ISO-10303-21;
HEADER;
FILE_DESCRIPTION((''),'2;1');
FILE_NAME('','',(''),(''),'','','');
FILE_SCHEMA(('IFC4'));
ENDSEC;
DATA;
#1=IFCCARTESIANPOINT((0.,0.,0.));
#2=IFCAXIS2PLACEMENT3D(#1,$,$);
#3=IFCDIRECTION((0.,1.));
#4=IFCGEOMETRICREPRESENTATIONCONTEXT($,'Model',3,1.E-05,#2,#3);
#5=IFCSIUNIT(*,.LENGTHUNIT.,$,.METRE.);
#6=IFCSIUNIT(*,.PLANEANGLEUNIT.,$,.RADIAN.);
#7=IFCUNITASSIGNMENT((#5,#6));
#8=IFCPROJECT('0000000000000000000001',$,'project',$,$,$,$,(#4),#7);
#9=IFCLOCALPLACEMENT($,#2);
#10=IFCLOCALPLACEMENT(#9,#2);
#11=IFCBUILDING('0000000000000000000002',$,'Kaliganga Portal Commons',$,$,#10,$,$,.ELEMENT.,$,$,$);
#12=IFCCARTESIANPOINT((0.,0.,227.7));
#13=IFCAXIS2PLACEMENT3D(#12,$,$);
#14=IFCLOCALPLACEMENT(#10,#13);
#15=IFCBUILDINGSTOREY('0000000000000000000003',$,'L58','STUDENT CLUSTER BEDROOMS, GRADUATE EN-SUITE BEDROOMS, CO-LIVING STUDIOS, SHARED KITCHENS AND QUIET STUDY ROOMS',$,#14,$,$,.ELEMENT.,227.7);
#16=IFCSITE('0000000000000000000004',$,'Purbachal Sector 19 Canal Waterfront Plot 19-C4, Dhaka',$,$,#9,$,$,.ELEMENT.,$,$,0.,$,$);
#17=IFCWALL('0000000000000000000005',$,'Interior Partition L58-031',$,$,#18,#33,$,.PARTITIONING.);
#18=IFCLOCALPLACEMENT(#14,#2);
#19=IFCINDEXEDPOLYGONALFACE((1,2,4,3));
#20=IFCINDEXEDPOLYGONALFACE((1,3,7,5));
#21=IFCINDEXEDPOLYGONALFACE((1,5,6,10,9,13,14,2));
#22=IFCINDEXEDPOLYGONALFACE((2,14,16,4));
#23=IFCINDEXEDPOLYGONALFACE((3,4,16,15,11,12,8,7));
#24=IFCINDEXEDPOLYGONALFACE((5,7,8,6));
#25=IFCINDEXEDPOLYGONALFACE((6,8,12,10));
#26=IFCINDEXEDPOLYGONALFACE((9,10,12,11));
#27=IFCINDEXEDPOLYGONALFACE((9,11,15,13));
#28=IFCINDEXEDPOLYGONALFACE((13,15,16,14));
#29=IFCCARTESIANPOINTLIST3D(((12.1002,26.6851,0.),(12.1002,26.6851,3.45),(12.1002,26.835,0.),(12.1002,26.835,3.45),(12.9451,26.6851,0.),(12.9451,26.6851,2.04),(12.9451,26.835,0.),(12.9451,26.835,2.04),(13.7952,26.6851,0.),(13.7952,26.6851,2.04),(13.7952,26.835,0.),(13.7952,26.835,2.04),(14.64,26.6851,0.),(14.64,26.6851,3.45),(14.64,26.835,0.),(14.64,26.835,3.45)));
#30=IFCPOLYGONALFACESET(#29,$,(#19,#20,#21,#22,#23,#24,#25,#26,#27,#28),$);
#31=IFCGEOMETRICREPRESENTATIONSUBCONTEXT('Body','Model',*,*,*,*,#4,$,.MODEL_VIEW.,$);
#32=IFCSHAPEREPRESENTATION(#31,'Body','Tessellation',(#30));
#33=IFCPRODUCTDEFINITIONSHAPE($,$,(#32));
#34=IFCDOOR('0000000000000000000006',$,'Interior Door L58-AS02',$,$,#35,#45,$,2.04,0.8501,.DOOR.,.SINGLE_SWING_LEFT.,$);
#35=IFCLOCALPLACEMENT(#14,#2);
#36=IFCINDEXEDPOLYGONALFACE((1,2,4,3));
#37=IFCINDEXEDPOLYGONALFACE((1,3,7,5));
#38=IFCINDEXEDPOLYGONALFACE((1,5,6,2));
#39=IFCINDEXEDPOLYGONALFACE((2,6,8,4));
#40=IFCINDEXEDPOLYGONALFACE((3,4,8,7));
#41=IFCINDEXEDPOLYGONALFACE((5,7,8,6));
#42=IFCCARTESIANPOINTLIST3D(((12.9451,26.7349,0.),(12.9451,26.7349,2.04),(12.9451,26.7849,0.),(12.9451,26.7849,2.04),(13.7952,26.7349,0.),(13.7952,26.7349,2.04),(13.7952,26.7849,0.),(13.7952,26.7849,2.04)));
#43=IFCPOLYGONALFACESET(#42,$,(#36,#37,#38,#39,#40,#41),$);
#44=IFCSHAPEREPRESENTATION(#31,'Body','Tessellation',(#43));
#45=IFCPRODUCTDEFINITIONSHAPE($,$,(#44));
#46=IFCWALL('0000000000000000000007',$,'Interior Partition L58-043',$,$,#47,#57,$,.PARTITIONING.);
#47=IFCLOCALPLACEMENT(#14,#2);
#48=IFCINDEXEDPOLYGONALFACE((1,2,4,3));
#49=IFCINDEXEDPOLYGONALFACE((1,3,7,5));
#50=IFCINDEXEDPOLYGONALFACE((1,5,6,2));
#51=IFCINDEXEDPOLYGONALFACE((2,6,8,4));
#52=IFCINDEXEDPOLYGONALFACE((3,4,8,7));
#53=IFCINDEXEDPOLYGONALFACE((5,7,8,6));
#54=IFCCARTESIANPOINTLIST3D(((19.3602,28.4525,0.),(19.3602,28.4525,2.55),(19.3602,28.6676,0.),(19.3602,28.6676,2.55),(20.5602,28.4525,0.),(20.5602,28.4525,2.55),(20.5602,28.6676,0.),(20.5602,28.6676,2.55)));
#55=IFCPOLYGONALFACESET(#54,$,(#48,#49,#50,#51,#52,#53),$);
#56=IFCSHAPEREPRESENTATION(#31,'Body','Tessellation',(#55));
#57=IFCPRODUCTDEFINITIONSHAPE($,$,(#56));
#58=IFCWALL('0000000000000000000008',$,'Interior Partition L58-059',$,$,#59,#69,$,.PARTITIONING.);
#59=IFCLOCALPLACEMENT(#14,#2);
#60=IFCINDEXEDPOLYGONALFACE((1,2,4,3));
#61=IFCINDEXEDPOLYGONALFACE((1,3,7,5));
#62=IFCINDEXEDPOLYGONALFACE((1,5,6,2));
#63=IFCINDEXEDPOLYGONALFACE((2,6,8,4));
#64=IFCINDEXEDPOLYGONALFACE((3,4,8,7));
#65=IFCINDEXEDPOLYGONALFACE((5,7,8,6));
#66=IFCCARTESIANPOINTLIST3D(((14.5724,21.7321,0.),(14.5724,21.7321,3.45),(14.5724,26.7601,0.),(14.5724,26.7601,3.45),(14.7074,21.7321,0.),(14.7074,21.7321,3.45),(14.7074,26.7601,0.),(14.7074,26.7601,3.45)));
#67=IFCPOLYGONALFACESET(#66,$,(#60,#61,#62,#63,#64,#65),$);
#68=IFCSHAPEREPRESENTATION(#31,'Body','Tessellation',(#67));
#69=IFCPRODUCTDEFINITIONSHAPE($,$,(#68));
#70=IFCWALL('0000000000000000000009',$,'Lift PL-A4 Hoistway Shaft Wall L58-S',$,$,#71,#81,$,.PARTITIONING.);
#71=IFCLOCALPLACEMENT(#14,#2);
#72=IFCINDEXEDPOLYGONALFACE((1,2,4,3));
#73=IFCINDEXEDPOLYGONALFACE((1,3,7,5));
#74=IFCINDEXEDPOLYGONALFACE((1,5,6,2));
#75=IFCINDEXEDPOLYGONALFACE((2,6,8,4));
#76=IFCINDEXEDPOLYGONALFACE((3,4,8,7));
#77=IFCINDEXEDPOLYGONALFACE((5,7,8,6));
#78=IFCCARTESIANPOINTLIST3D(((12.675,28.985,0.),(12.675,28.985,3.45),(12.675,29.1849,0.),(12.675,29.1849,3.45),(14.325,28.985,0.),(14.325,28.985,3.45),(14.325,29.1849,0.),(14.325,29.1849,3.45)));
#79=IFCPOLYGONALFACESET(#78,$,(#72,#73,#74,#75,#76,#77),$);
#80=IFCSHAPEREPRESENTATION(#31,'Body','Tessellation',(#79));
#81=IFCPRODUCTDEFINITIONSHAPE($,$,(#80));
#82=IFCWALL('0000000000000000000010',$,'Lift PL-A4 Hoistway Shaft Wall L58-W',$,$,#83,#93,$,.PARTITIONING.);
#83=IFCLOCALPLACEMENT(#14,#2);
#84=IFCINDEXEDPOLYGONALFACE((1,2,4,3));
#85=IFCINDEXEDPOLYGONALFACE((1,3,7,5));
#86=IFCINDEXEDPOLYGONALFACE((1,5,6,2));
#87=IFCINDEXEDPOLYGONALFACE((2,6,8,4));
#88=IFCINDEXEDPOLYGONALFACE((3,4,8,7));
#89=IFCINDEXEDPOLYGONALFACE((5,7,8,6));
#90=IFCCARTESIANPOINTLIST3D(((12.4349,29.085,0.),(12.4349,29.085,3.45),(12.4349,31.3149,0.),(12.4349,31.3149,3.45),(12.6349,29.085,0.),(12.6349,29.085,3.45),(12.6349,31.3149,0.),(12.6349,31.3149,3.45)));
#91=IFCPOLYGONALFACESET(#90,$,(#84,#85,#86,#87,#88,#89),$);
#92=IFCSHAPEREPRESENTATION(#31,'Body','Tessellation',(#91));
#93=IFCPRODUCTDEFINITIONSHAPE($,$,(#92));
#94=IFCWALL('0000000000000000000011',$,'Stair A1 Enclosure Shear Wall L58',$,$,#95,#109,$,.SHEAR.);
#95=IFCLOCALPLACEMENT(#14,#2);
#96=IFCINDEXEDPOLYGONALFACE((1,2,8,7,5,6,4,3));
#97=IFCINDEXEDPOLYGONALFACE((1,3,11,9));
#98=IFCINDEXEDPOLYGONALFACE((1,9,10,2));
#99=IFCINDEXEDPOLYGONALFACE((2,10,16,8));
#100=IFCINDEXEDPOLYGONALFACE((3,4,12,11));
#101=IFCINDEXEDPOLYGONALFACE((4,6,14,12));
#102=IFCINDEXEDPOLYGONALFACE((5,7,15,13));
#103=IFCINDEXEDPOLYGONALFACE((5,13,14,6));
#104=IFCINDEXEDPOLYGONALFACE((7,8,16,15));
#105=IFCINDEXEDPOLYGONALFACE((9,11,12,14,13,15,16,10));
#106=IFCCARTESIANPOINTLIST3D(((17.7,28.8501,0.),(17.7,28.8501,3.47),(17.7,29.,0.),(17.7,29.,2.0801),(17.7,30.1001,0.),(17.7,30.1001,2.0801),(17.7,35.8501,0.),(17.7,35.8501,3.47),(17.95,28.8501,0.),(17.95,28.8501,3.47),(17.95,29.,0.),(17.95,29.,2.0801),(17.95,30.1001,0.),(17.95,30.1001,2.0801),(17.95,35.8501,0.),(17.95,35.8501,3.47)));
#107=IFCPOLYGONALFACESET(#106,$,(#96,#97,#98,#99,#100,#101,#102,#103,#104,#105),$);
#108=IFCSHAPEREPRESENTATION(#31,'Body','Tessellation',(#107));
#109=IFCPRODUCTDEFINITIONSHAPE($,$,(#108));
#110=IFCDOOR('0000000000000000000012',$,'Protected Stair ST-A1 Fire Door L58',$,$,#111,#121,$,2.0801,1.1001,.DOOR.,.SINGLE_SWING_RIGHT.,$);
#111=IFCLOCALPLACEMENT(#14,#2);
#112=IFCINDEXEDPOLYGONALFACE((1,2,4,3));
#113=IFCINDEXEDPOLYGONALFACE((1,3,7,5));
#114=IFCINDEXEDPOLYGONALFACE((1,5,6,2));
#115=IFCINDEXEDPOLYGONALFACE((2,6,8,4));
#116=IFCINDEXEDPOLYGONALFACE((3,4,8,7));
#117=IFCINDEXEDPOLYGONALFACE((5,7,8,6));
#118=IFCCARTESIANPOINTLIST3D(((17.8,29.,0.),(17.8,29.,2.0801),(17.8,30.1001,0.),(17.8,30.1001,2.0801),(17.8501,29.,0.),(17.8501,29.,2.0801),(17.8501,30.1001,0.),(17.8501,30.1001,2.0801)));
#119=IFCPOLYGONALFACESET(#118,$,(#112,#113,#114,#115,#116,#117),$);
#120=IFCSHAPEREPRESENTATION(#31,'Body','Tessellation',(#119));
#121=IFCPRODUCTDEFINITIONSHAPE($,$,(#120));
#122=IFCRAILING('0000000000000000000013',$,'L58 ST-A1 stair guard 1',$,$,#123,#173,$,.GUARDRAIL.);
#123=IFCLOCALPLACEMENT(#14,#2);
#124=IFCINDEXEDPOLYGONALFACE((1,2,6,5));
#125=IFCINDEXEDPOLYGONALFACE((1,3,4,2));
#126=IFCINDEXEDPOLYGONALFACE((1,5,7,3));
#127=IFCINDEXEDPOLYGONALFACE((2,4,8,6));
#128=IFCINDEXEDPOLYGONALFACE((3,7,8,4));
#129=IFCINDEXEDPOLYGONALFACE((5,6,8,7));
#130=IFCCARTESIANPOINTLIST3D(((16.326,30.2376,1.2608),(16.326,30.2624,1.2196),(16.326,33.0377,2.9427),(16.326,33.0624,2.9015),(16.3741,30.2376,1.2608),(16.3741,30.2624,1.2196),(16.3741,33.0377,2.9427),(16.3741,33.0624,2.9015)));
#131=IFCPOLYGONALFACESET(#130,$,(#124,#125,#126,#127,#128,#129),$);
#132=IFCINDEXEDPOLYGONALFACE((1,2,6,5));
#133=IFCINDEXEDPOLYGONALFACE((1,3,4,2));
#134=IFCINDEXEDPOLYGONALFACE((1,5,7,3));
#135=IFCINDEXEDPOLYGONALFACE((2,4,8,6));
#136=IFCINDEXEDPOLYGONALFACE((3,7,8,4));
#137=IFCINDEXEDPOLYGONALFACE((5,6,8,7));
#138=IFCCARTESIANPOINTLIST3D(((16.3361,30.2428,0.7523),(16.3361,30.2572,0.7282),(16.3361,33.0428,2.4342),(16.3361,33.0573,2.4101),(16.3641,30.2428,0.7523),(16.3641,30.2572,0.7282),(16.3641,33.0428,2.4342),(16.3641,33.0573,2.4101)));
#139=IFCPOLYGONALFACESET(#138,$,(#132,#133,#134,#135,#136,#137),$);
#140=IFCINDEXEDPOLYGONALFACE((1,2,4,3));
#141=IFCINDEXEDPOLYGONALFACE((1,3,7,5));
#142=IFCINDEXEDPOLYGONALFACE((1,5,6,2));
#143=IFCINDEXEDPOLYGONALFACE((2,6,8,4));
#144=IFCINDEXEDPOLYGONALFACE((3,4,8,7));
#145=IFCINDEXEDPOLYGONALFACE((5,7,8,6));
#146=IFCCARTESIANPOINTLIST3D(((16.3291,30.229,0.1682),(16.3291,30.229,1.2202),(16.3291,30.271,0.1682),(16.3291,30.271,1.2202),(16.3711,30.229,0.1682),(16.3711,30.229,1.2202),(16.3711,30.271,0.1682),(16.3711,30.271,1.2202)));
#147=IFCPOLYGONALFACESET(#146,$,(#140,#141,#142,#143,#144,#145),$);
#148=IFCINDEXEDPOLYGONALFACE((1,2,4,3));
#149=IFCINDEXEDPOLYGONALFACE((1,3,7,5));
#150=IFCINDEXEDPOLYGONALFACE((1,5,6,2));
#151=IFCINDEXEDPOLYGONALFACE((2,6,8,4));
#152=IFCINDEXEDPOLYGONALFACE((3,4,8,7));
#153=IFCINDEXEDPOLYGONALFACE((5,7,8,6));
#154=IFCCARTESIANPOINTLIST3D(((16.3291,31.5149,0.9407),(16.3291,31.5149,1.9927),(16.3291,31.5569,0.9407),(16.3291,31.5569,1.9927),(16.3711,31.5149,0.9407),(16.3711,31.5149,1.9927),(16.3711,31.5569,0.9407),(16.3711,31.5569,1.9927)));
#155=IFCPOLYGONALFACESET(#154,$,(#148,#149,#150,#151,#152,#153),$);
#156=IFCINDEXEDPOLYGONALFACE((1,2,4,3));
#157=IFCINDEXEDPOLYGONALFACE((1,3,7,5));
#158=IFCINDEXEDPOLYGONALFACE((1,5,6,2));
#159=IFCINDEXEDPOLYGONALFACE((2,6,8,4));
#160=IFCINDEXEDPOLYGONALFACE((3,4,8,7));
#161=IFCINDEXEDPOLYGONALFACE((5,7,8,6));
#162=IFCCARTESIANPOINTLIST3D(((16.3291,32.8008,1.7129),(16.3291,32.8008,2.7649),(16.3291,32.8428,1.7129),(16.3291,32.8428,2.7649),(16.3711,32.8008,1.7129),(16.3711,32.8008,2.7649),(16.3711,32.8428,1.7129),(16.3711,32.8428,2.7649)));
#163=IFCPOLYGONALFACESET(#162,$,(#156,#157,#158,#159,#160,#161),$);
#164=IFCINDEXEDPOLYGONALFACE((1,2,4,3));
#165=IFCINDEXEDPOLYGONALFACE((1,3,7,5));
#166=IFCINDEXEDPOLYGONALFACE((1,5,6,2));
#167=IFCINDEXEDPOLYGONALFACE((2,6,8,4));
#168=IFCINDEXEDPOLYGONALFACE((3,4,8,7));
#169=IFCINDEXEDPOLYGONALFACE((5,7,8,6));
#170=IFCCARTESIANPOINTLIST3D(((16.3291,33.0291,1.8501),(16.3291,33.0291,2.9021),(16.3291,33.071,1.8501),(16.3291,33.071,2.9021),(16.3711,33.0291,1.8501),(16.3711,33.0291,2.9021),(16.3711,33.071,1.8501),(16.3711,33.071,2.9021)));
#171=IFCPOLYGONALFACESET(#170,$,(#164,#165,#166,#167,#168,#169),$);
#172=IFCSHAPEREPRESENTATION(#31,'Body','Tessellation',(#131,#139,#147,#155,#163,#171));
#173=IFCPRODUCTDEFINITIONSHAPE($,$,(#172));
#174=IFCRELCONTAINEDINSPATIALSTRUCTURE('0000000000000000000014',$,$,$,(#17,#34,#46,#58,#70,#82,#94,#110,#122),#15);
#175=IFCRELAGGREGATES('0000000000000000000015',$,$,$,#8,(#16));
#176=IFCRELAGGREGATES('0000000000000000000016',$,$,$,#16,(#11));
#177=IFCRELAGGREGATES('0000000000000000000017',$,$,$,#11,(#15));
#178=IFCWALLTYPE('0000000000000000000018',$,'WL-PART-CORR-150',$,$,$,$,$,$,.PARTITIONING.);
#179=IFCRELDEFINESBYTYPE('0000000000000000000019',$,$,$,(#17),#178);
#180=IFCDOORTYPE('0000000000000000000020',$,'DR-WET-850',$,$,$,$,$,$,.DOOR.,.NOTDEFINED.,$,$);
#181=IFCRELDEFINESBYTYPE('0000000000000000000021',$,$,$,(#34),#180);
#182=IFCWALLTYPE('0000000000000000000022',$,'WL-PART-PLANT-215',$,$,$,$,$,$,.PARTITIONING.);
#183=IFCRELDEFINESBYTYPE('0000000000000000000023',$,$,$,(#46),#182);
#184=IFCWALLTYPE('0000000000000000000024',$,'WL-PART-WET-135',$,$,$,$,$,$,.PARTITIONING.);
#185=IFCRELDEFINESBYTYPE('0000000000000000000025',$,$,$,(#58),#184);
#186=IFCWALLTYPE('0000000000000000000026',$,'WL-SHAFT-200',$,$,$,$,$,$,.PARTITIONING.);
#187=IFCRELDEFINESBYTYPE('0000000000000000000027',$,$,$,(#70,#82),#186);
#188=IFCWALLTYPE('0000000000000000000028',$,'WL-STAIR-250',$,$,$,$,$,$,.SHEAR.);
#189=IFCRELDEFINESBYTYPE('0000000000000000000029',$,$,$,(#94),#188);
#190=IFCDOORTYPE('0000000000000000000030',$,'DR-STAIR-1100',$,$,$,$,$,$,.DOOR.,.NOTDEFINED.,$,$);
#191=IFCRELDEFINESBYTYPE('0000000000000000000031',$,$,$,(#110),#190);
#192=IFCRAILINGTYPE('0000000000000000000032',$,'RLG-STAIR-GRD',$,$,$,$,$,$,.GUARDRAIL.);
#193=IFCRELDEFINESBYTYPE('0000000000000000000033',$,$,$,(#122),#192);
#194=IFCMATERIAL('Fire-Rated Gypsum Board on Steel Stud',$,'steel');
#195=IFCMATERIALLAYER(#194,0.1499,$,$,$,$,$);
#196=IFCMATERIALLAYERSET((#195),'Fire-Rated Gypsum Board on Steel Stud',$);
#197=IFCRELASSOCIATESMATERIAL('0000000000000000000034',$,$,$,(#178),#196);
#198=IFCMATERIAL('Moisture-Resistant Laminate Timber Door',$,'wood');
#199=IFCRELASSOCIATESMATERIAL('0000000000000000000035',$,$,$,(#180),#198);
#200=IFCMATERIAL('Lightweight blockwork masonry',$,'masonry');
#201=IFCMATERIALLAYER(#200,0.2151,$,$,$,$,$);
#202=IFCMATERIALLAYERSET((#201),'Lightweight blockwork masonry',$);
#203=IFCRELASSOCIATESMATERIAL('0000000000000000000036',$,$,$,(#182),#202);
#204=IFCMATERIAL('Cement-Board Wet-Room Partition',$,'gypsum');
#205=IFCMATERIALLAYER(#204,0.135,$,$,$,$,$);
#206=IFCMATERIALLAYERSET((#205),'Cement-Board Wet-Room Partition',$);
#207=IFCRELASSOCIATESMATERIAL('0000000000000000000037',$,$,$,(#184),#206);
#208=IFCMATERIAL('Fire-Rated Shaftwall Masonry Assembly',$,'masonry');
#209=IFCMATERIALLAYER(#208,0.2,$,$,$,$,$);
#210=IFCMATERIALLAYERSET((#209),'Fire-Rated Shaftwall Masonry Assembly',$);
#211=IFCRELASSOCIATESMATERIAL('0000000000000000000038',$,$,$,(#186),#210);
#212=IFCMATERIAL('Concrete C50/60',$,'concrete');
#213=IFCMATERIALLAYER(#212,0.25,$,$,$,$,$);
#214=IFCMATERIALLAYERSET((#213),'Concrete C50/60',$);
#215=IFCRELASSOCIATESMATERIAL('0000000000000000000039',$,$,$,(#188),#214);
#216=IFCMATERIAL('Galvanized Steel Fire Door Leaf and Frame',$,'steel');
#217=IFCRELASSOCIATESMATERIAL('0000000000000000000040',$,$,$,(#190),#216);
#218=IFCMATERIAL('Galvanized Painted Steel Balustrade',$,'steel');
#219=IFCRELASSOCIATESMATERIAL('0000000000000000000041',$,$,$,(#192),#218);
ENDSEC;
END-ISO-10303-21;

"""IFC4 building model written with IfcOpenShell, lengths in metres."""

from ifc_helpers import new_model, si_unit, direction, frame, frame_2d, origin, origin_2d, place, context, subcontext, project, spatial, rectangle, extrude, material, layer, layer_set, type_object, element, fill, save


model = new_model("IFC4")

# Units and contexts
model_context = context("Model", 3, precision=1e-05, world=origin(), true_north=direction((0.0, 1.0)))
body_context = subcontext(model_context, "Body", "Model", "MODEL_VIEW")
ifc_project = project(units=[si_unit("LENGTHUNIT", "METRE"), si_unit("PLANEANGLEUNIT", "RADIAN")], contexts=[model_context])

# Site, building, storey
site_placement = place(None, origin())
site = spatial("IfcSite", under=ifc_project, at=site_placement, Name="Purbachal Sector 19 Canal Waterfront Plot 19-C4, Dhaka", CompositionType="ELEMENT", RefElevation=0.0)
building_placement = place(site_placement, origin())
building = spatial("IfcBuilding", under=site, at=building_placement, Name="Kaliganga Portal Commons", CompositionType="ELEMENT")
storey_placement = place(building_placement, frame((0.0, 0.0, 227.7)))
storey = spatial("IfcBuildingStorey", under=building, at=storey_placement, Name="L58", Description="STUDENT CLUSTER BEDROOMS, GRADUATE EN-SUITE BEDROOMS, CO-LIVING STUDIOS, SHARED KITCHENS AND QUIET STUDY ROOMS", CompositionType="ELEMENT", Elevation=227.7)

# Shared definitions
ifc_material_1 = material(Name="Concrete C50/60", Category="concrete")

# Wall, opening, door
ifc_material_2 = material(Name="Fire-Rated Gypsum Board on Steel Stud", Category="steel")
ifc_layer_1 = layer(ifc_material_2, 0.1499)
ifc_layer_set_1 = layer_set([ifc_layer_1], Name="Fire-Rated Gypsum Board on Steel Stud")
wall_type_1 = type_object("IfcWallType", Name="WL-PART-CORR-150", PredefinedType="PARTITIONING", material=ifc_layer_set_1)
wall_1_placement = place(storey_placement, frame((12.1001, 26.76, 0.0), z_axis=(0.0, 0.0, 1.0), x_axis=(1.0, 0.0, 0.0)))
wall_1 = element("IfcWall", 1, at=wall_1_placement, inside=storey, type_object=wall_type_1, Name="Interior Partition L58-031", PredefinedType="PARTITIONING", context=body_context, shape_type="SweptSolid", body=[
    extrude(rectangle(XDim=2.5398, YDim=0.1499, at=frame_2d((1.27, 0.0))), origin(), (0.0, 0.0, 1.0), 3.45),
])
opening_1_placement = place(wall_1_placement, frame((0.845, 0.0, 0.0)))
opening_1 = element("IfcOpeningElement", 2, at=opening_1_placement, cuts=wall_1, PredefinedType="OPENING", context=body_context, shape_type="SweptSolid", body=[
    extrude(rectangle(XDim=0.8501, YDim=2.04, at=frame_2d((0.425, 1.02))), frame((0.0, 0.085, 0.0), z_axis=(0.0, -1.0, 0.0), x_axis=(1.0, 0.0, 0.0)), (0.0, 0.0, 1.0), 0.1699),
])
ifc_material_3 = material(Name="Moisture-Resistant Laminate Timber Door", Category="wood")
door_type_1 = type_object("IfcDoorType", Name="DR-WET-850", OperationType="NOTDEFINED", PredefinedType="DOOR", material=ifc_material_3)
door_1_placement = place(opening_1_placement, origin())
door_1 = element("IfcDoor", 3, at=door_1_placement, inside=storey, type_object=door_type_1, Name="Interior Door L58-AS02", OperationType="SINGLE_SWING_LEFT", OverallHeight=2.04, OverallWidth=0.8501, PredefinedType="DOOR", context=body_context, shape_type="SweptSolid", body=[
    extrude(rectangle(XDim=0.8501, YDim=2.04, at=frame_2d((0.425, 1.02))), frame((0.0, 0.0249, 0.0), z_axis=(0.0, -1.0, 0.0), x_axis=(1.0, 0.0, 0.0)), (0.0, 0.0, 1.0), 0.05),
])
fill(opening_1, door_1)
ifc_material_4 = material(Name="Lightweight blockwork masonry", Category="masonry")
ifc_layer_2 = layer(ifc_material_4, 0.2151)
ifc_layer_set_2 = layer_set([ifc_layer_2], Name="Lightweight blockwork masonry")
wall_type_2 = type_object("IfcWallType", Name="WL-PART-PLANT-215", PredefinedType="PARTITIONING", material=ifc_layer_set_2)

# Walls
wall_2_placement = place(storey_placement, frame((19.3601, 28.5601, 0.0), z_axis=(0.0, 0.0, 1.0), x_axis=(1.0, 0.0, 0.0)))
element("IfcWall", 4, at=wall_2_placement, inside=storey, type_object=wall_type_2, Name="Interior Partition L58-043", PredefinedType="PARTITIONING", context=body_context, shape_type="SweptSolid", body=[
    extrude(rectangle(XDim=1.2, YDim=0.2151, at=frame_2d((0.6001, 0.0))), origin(), (0.0, 0.0, 1.0), 2.55),
])
ifc_material_5 = material(Name="Cement-Board Wet-Room Partition", Category="gypsum")
ifc_layer_3 = layer(ifc_material_5, 0.135)
ifc_layer_set_3 = layer_set([ifc_layer_3], Name="Cement-Board Wet-Room Partition")
wall_type_3 = type_object("IfcWallType", Name="WL-PART-WET-135", PredefinedType="PARTITIONING", material=ifc_layer_set_3)
wall_3_placement = place(storey_placement, frame((14.6399, 21.7319, 0.0), z_axis=(0.0, 0.0, 1.0), x_axis=(0.0, 1.0, 0.0)))
element("IfcWall", 5, at=wall_3_placement, inside=storey, type_object=wall_type_3, Name="Interior Partition L58-059", PredefinedType="PARTITIONING", context=body_context, shape_type="SweptSolid", body=[
    extrude(rectangle(XDim=5.0281, YDim=0.135, at=frame_2d((2.5142, 0.0))), origin(), (0.0, 0.0, 1.0), 3.45),
])
ifc_material_6 = material(Name="Fire-Rated Shaftwall Masonry Assembly", Category="masonry")
ifc_layer_4 = layer(ifc_material_6, 0.2)
ifc_layer_set_4 = layer_set([ifc_layer_4], Name="Fire-Rated Shaftwall Masonry Assembly")
wall_type_4 = type_object("IfcWallType", Name="WL-SHAFT-200", PredefinedType="PARTITIONING", material=ifc_layer_set_4)
wall_4_placement = place(storey_placement, frame((12.675, 29.085, 0.0), z_axis=(0.0, 0.0, 1.0), x_axis=(1.0, 0.0, 0.0)))
element("IfcWall", 6, at=wall_4_placement, inside=storey, type_object=wall_type_4, Name="Lift PL-A4 Hoistway Shaft Wall L58-S", PredefinedType="PARTITIONING", context=body_context, shape_type="SweptSolid", body=[
    extrude(rectangle(XDim=1.6499, YDim=0.2, at=frame_2d((0.825, 0.0))), origin(), (0.0, 0.0, 1.0), 3.45),
])
wall_5_placement = place(storey_placement, frame((12.5349, 29.085, 0.0), z_axis=(0.0, 0.0, 1.0), x_axis=(0.0, 1.0, 0.0)))
element("IfcWall", 7, at=wall_5_placement, inside=storey, type_object=wall_type_4, Name="Lift PL-A4 Hoistway Shaft Wall L58-W", PredefinedType="PARTITIONING", context=body_context, shape_type="SweptSolid", body=[
    extrude(rectangle(XDim=2.23, YDim=0.2, at=frame_2d((1.115, 0.0))), origin(), (0.0, 0.0, 1.0), 3.45),
])

# Wall, opening, door
ifc_layer_5 = layer(ifc_material_1, 0.25)
ifc_layer_set_5 = layer_set([ifc_layer_5], Name="Concrete C50/60")
wall_type_5 = type_object("IfcWallType", Name="WL-STAIR-250", PredefinedType="SHEAR", material=ifc_layer_set_5)
wall_6_placement = place(storey_placement, frame((17.825, 28.8501, 0.0), z_axis=(0.0, 0.0, 1.0), x_axis=(0.0, 1.0, 0.0)))
wall_6 = element("IfcWall", 8, at=wall_6_placement, inside=storey, type_object=wall_type_5, Name="Stair A1 Enclosure Shear Wall L58", PredefinedType="SHEAR", context=body_context, shape_type="SweptSolid", body=[
    extrude(rectangle(XDim=7.0, YDim=0.25, at=frame_2d((3.5, 0.0))), origin(), (0.0, 0.0, 1.0), 3.47),
])
opening_2_placement = place(wall_6_placement, frame((0.1499, 0.0, 0.0)))
opening_2 = element("IfcOpeningElement", 9, at=opening_2_placement, cuts=wall_6, PredefinedType="OPENING", context=body_context, shape_type="SweptSolid", body=[
    extrude(rectangle(XDim=1.1001, YDim=2.0801, at=frame_2d((0.55, 1.04))), frame((0.0, 0.135, 0.0), z_axis=(0.0, -1.0, 0.0), x_axis=(1.0, 0.0, 0.0)), (0.0, 0.0, 1.0), 0.27),
])
ifc_material_7 = material(Name="Galvanized Steel Fire Door Leaf and Frame", Category="steel")
door_type_2 = type_object("IfcDoorType", Name="DR-STAIR-1100", OperationType="NOTDEFINED", PredefinedType="DOOR", material=ifc_material_7)
door_2_placement = place(opening_2_placement, origin())
door_2 = element("IfcDoor", 10, at=door_2_placement, inside=storey, type_object=door_type_2, Name="Protected Stair ST-A1 Fire Door L58", OperationType="SINGLE_SWING_RIGHT", OverallHeight=2.0801, OverallWidth=1.1001, PredefinedType="DOOR", context=body_context, shape_type="SweptSolid", body=[
    extrude(rectangle(XDim=1.1001, YDim=2.0801, at=frame_2d((0.55, 1.04))), frame((0.0, 0.0249, 0.0), z_axis=(0.0, -1.0, 0.0), x_axis=(1.0, 0.0, 0.0)), (0.0, 0.0, 1.0), 0.05),
])
fill(opening_2, door_2)

# Railing
ifc_material_8 = material(Name="Galvanized Painted Steel Balustrade", Category="steel")
railing_type = type_object("IfcRailingType", Name="RLG-STAIR-GRD", PredefinedType="GUARDRAIL", material=ifc_material_8)
railing_1_placement = place(storey_placement, frame((16.3501, 30.25, 0.1682)))
element("IfcRailing", 11, at=railing_1_placement, inside=storey, type_object=railing_type, Name="L58 ST-A1 stair guard 1", PredefinedType="GUARDRAIL", context=body_context, shape_type="SweptSolid", body=[
    extrude(rectangle(XDim=0.0481, YDim=0.0481, at=origin_2d()), frame((0.0, 0.0, 1.072), z_axis=(0.0, 0.857242, 0.514913), x_axis=(-1.0, 0.0, 0.0)), (0.0, 0.0, 1.0), 3.2664),
    extrude(rectangle(XDim=0.0281, YDim=0.0281, at=origin_2d()), frame((0.0, 0.0, 0.572), z_axis=(0.0, 0.857242, 0.514913), x_axis=(-1.0, 0.0, 0.0)), (0.0, 0.0, 1.0), 3.2664),
    extrude(rectangle(XDim=0.042, YDim=0.042, at=origin_2d()), origin(), (0.0, 0.0, 1.0), 1.052),
    extrude(rectangle(XDim=0.042, YDim=0.042, at=origin_2d()), frame((0.0, 1.2859, 0.7725)), (0.0, 0.0, 1.0), 1.052),
    extrude(rectangle(XDim=0.042, YDim=0.042, at=origin_2d()), frame((0.0, 2.5718, 1.5447)), (0.0, 0.0, 1.0), 1.052),
    extrude(rectangle(XDim=0.042, YDim=0.042, at=origin_2d()), frame((0.0, 2.8, 1.6819)), (0.0, 0.0, 1.0), 1.052),
])

save(model, "model.ifc")
